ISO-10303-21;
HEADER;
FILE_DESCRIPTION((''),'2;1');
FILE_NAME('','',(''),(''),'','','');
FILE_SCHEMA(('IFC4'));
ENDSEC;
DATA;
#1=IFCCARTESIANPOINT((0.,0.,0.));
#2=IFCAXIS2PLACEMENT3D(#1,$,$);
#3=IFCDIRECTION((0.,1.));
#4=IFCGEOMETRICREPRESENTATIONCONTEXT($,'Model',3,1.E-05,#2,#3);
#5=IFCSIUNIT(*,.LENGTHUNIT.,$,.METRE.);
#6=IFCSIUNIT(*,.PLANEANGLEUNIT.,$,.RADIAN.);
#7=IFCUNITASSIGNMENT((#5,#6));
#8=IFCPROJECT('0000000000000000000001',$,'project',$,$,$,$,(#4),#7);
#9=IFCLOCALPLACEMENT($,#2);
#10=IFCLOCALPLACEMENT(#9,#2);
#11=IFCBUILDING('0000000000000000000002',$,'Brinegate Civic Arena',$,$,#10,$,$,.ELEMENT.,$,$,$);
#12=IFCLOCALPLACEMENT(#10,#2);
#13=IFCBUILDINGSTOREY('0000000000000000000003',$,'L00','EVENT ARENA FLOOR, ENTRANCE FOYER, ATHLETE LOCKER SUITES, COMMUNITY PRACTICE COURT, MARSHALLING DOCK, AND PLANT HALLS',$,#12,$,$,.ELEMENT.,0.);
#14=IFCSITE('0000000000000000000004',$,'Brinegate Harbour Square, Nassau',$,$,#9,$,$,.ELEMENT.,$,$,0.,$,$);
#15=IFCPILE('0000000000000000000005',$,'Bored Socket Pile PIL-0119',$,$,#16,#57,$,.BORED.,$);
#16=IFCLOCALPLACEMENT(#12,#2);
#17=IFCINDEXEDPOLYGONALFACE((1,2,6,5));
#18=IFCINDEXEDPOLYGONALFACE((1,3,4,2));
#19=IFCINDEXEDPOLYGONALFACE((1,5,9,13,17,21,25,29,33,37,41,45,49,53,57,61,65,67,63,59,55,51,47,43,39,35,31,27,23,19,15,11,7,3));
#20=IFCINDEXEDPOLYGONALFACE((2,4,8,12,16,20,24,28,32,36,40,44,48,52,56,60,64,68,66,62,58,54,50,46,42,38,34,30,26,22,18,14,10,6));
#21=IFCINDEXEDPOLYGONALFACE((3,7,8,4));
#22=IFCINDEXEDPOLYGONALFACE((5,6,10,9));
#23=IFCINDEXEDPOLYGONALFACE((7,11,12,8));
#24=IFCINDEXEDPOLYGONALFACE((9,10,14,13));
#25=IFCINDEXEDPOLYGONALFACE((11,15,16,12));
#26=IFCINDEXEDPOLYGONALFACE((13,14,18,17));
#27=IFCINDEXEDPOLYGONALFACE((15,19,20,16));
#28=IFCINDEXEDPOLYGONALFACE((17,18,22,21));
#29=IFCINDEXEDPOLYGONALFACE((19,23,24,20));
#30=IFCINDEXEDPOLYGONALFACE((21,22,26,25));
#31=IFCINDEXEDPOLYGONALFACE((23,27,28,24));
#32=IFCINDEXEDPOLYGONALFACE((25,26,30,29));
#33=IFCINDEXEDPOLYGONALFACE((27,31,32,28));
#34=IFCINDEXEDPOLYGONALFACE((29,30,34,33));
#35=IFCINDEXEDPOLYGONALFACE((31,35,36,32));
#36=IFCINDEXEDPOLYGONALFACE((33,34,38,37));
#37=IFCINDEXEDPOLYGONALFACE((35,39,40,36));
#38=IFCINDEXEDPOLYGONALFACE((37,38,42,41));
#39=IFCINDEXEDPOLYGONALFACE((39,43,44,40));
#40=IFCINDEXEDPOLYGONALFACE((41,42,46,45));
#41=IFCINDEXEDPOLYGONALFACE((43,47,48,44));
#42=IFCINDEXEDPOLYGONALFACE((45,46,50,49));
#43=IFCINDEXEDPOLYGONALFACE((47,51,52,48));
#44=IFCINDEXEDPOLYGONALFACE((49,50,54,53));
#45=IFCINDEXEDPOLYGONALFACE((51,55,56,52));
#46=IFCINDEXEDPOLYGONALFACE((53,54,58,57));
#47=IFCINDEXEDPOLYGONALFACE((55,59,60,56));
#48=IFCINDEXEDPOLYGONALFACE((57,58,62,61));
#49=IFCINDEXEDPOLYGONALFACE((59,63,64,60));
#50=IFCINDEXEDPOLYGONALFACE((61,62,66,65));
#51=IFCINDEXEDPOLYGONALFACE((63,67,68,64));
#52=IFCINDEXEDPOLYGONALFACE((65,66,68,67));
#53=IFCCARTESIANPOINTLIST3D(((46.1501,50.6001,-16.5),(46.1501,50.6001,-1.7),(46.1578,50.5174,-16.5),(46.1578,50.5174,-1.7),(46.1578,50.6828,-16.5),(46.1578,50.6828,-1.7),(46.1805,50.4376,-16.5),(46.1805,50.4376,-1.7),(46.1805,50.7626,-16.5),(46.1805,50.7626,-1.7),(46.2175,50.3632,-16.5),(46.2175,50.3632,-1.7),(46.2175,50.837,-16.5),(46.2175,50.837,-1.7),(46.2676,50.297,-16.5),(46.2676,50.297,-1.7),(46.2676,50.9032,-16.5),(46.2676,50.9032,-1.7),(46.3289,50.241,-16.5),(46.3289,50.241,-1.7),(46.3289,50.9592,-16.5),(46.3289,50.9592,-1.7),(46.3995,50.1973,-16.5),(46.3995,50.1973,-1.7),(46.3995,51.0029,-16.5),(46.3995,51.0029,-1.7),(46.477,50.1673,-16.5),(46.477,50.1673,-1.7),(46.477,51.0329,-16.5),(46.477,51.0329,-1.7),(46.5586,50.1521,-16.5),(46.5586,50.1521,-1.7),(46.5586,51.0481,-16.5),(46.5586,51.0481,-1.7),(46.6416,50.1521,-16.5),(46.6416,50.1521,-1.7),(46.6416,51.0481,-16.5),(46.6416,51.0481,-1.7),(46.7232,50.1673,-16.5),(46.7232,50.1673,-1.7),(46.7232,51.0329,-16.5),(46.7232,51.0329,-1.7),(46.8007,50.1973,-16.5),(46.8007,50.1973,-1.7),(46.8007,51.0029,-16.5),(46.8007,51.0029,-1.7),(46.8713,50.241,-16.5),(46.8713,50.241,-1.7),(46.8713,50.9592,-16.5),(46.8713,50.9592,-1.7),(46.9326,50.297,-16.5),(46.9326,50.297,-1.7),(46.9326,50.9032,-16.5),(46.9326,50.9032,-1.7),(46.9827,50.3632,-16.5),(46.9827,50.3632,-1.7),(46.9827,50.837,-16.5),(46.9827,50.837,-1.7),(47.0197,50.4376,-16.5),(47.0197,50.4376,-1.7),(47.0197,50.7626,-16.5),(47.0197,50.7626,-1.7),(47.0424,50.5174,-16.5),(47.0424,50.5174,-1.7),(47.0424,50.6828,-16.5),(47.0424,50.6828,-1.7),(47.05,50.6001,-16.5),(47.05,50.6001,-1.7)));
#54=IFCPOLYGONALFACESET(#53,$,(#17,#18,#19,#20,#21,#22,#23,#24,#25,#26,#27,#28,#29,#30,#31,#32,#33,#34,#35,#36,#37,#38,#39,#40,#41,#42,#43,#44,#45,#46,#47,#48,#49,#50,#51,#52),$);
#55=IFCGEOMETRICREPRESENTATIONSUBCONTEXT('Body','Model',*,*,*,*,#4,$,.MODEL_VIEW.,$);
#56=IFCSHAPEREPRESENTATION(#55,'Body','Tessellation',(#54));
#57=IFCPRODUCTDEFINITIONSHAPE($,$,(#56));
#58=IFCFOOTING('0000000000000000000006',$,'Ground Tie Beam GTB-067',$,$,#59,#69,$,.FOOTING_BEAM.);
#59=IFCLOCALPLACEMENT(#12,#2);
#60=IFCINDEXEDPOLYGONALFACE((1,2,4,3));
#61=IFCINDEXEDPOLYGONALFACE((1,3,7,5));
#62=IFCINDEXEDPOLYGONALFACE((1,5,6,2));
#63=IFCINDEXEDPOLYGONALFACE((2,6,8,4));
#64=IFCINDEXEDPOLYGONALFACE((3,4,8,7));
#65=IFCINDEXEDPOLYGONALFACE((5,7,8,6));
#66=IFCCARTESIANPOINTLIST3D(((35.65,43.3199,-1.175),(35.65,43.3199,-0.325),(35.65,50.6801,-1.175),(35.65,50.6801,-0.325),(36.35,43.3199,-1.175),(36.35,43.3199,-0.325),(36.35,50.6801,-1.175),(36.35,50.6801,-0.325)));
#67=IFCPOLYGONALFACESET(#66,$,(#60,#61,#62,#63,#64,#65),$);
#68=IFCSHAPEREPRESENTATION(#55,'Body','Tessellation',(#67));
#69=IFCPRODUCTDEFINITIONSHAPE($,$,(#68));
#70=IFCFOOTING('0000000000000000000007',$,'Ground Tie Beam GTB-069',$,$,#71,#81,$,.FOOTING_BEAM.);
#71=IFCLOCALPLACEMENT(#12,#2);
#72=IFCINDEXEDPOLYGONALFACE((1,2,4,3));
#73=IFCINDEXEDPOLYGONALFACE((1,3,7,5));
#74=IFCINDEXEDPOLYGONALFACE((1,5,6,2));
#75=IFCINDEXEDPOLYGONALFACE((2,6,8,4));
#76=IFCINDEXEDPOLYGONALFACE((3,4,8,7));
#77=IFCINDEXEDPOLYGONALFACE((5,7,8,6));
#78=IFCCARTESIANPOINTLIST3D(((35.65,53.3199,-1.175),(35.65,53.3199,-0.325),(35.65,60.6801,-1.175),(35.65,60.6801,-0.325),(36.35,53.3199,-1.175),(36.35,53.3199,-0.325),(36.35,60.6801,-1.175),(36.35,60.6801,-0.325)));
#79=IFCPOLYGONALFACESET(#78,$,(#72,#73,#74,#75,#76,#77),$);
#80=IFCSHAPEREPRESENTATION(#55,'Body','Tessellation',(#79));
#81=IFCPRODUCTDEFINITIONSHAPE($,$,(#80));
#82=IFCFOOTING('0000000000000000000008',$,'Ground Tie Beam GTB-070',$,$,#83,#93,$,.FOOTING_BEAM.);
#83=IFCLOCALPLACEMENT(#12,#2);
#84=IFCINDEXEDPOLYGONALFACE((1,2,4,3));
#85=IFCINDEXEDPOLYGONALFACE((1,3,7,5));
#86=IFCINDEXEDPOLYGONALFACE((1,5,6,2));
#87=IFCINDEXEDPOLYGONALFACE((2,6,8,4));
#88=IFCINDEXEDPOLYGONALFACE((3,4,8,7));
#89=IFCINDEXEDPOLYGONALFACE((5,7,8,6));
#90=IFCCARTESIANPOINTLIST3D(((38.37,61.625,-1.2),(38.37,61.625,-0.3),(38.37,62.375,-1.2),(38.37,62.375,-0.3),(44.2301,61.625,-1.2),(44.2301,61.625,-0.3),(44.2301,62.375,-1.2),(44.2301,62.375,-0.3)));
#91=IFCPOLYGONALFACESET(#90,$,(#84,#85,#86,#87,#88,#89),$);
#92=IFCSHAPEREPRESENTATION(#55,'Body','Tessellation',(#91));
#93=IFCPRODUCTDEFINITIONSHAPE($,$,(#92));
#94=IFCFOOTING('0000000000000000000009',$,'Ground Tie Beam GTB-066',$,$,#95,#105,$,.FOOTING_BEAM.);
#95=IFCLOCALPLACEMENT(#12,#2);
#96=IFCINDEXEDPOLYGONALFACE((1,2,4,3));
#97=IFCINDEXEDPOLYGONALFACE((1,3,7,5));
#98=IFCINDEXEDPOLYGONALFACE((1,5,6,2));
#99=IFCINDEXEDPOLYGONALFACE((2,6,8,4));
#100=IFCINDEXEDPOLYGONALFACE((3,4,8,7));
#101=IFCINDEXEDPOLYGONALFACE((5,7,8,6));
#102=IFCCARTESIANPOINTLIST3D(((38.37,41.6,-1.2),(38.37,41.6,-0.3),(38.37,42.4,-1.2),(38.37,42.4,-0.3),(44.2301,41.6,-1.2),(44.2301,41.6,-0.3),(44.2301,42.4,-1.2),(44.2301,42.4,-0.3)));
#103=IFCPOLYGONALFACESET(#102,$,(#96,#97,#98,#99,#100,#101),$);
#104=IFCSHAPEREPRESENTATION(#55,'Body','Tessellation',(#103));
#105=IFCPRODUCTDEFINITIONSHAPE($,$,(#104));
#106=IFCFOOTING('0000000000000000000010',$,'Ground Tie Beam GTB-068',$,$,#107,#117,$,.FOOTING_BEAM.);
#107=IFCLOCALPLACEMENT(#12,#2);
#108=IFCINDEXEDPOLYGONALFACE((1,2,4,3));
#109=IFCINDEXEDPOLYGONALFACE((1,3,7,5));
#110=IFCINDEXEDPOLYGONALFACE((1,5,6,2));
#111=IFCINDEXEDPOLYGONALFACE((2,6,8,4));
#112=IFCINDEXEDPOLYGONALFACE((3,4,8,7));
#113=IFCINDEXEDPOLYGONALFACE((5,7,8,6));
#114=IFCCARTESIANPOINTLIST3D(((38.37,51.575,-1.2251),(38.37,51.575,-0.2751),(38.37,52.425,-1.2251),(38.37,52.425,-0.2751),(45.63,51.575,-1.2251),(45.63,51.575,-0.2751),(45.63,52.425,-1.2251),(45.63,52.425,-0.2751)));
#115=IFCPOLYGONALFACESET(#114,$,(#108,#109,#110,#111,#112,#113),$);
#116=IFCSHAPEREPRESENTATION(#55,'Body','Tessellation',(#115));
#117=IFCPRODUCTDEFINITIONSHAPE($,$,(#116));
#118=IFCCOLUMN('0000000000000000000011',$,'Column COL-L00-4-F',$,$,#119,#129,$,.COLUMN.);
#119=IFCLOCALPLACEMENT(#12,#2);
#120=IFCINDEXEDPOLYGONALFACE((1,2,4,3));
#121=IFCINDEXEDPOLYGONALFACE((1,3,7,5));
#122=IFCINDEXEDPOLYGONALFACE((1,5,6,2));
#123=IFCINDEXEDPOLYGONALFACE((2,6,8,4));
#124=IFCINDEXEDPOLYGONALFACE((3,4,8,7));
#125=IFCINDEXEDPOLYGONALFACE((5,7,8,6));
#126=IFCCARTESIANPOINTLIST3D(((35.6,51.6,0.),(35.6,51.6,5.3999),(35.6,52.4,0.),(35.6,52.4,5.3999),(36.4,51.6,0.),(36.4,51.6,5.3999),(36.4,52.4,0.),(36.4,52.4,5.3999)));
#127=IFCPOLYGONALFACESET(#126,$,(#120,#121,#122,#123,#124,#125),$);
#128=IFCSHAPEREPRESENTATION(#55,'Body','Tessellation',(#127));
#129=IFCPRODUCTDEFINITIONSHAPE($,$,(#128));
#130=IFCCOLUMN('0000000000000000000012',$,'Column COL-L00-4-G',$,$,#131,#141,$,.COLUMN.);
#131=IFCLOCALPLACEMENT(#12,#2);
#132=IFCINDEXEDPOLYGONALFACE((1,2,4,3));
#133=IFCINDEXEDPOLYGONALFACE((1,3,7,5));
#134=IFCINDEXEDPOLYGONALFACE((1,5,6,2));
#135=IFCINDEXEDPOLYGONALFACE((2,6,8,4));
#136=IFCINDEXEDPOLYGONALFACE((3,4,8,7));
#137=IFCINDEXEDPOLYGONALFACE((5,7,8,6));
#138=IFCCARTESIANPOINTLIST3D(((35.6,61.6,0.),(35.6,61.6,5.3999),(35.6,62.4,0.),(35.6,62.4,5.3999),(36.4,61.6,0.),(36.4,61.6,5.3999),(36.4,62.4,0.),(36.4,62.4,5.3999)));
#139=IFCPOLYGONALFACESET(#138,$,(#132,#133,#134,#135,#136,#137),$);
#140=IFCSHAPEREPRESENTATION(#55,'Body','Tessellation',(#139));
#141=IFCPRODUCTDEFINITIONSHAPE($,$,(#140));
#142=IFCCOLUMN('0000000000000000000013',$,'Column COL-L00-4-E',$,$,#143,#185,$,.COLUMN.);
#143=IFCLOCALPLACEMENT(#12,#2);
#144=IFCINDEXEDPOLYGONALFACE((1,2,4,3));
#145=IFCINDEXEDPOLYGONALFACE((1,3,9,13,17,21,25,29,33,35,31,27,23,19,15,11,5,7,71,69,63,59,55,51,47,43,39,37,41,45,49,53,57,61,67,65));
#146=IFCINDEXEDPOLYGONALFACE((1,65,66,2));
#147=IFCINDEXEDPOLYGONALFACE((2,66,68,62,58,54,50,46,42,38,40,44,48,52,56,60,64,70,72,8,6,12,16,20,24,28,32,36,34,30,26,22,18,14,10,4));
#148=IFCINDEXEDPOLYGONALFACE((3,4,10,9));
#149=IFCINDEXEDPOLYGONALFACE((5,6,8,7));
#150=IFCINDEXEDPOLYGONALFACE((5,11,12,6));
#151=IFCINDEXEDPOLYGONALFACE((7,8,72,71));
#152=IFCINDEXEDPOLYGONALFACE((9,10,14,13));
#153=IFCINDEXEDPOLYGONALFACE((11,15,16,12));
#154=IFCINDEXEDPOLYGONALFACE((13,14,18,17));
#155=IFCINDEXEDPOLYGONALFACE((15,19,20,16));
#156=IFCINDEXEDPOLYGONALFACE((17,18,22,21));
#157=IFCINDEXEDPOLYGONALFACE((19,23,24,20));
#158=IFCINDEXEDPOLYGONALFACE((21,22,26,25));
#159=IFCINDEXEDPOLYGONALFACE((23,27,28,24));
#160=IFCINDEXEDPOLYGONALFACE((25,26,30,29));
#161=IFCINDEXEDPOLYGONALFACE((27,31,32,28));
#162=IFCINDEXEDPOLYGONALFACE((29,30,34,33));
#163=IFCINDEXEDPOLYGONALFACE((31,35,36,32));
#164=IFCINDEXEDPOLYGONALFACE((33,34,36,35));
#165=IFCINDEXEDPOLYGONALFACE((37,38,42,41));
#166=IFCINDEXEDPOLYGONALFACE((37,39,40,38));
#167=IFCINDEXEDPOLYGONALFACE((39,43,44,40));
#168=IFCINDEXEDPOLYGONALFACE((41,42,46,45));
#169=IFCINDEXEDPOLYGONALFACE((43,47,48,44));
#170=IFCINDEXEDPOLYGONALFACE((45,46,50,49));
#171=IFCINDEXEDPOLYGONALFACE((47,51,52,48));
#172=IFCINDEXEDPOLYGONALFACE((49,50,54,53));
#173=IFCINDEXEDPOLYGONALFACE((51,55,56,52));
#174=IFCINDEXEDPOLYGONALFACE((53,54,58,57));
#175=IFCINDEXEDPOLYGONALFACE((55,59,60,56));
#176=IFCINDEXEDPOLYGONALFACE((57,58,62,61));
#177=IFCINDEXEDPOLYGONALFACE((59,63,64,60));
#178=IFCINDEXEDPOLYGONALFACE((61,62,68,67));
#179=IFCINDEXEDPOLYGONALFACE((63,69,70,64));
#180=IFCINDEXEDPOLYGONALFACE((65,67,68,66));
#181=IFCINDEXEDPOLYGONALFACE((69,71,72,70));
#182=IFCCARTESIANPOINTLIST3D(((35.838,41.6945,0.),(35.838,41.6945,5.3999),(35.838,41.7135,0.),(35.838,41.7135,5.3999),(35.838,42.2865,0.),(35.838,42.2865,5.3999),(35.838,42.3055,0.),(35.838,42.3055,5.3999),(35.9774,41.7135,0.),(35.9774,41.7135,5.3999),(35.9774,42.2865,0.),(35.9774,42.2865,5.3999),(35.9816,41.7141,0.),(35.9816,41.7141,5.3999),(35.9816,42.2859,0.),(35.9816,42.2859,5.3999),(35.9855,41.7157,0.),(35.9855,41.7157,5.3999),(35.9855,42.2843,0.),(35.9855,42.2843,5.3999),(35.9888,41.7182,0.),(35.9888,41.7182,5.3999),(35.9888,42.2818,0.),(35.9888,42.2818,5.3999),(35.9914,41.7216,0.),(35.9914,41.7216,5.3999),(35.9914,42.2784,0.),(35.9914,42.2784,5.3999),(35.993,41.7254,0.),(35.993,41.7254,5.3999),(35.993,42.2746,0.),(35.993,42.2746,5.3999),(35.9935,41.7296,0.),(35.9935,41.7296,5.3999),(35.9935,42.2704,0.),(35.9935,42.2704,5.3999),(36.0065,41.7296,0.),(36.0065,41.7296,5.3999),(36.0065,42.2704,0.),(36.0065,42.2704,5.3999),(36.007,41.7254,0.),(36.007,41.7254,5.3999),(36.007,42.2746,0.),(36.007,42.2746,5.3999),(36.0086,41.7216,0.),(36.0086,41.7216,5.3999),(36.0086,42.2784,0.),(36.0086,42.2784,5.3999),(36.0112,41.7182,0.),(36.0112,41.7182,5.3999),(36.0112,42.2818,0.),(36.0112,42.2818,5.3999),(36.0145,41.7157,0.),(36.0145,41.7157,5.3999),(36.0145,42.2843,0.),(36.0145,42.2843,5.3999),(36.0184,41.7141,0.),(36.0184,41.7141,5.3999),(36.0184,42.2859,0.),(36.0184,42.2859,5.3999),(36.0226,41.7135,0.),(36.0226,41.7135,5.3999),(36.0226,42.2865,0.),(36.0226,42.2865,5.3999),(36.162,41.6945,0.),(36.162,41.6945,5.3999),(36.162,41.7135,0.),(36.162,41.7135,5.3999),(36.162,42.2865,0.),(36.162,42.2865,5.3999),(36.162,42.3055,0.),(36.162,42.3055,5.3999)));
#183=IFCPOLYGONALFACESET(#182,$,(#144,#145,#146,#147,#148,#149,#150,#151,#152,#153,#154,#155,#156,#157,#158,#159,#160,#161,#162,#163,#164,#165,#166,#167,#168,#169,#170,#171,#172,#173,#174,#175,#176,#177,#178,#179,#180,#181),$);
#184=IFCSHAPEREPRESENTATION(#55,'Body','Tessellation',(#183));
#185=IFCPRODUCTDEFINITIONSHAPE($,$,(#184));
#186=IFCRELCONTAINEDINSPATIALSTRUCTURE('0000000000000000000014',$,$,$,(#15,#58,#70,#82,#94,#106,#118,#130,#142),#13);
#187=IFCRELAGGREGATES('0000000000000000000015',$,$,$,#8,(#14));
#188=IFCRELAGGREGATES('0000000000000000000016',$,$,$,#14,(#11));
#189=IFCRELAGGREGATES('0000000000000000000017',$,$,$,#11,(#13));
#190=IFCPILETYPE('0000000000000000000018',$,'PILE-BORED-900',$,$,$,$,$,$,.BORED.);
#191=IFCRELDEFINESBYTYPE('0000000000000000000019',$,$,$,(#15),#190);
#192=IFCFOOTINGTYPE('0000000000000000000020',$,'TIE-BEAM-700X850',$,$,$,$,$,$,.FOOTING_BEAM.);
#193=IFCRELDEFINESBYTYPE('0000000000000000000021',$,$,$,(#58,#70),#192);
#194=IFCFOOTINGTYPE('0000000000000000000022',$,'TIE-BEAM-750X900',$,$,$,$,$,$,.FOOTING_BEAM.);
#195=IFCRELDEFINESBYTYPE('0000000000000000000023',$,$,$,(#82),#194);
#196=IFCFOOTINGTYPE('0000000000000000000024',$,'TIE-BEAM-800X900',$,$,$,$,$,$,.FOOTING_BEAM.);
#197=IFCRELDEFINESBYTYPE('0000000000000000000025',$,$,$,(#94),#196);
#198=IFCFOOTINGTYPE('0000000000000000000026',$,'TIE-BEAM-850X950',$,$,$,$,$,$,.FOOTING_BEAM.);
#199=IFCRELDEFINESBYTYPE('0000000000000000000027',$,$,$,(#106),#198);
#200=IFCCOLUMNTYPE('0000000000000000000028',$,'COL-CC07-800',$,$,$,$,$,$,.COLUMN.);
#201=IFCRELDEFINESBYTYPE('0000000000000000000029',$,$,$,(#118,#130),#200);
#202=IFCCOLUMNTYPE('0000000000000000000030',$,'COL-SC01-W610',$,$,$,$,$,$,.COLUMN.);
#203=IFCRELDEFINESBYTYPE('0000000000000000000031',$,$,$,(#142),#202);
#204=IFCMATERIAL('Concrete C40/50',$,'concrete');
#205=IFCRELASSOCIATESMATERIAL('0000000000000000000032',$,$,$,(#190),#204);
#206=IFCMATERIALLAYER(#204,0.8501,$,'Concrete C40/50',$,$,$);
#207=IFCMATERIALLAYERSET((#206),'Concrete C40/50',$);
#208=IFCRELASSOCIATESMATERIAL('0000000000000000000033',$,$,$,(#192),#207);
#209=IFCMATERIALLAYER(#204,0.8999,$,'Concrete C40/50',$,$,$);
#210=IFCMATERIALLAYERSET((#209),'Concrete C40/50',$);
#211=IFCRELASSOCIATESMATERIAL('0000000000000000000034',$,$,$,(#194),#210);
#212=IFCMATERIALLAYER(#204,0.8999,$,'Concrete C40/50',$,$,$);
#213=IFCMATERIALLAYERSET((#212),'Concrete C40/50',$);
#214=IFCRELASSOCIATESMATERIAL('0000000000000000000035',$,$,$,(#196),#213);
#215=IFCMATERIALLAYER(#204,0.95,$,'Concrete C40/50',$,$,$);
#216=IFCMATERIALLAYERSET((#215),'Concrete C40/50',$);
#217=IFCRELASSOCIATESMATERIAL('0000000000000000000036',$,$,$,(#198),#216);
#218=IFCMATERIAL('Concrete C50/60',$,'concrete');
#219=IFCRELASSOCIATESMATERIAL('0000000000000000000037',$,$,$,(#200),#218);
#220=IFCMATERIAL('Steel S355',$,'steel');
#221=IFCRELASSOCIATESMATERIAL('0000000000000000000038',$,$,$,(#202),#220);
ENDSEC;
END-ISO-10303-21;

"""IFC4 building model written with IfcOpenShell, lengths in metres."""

from ifc_helpers import new_model, si_unit, direction, frame, origin, origin_2d, place, context, subcontext, project, spatial, rectangle, circle, i_section, extrude, material, layer, layer_set, material_profile, profile_set, type_object, element, save


model = new_model("IFC4")

# Units and contexts
model_context = context("Model", 3, precision=1e-05, world=origin(), true_north=direction((0.0, 1.0)))
body_context = subcontext(model_context, "Body", "Model", "MODEL_VIEW")
ifc_project = project(units=[si_unit("LENGTHUNIT", "METRE"), si_unit("PLANEANGLEUNIT", "RADIAN")], contexts=[model_context])

# Site, building, storey
site_placement = place(None, origin())
site = spatial("IfcSite", under=ifc_project, at=site_placement, Name="Brinegate Harbour Square, Nassau", CompositionType="ELEMENT", RefElevation=0.0)
building_placement = place(site_placement, origin())
building = spatial("IfcBuilding", under=site, at=building_placement, Name="Brinegate Civic Arena", CompositionType="ELEMENT")
storey_placement = place(building_placement, origin())
storey = spatial("IfcBuildingStorey", under=building, at=storey_placement, Name="L00", Description="EVENT ARENA FLOOR, ENTRANCE FOYER, ATHLETE LOCKER SUITES, COMMUNITY PRACTICE COURT, MARSHALLING DOCK, AND PLANT HALLS", CompositionType="ELEMENT", Elevation=0.0)

# Shared definitions
ifc_material_1 = material(Name="Concrete C40/50", Category="concrete")

# Pile
ifc_material_profile_1 = material_profile(ifc_material_1, circle(Radius=0.45, at=origin_2d()), Name="PILED900")
ifc_profile_set_1 = profile_set([ifc_material_profile_1], Name="Concrete C40/50")
pile_type_1 = type_object("IfcPileType", Name="PILE-BORED-900", PredefinedType="BORED", material=ifc_profile_set_1)
pile_placement = place(storey_placement, frame((46.6001, 50.6001, -1.7), z_axis=(0.0, 0.0, -1.0), x_axis=(1.0, 0.0, 0.0)))
element("IfcPile", 1, at=pile_placement, inside=storey, type_object=pile_type_1, Name="Bored Socket Pile PIL-0119", PredefinedType="BORED", context=body_context, shape_type="SweptSolid", body=[
    extrude(circle(Radius=0.45, at=origin_2d()), origin(), (0.0, 0.0, 1.0), 14.8),
])

# Footings
ifc_layer_1 = layer(ifc_material_1, 0.8501, Name="Concrete C40/50")
ifc_layer_set_1 = layer_set([ifc_layer_1], Name="Concrete C40/50")
footing_type_1 = type_object("IfcFootingType", Name="TIE-BEAM-700X850", PredefinedType="FOOTING_BEAM", material=ifc_layer_set_1)
for number, where, z_axis, x_axis, name in (
    (2, (36.0, 47.0, -1.175), (0.0, 0.0, 1.0), (0.0, 1.0, 0.0), "Ground Tie Beam GTB-067"),
    (3, (36.0, 57.0, -1.175), (0.0, 0.0, 1.0), (0.0, 1.0, 0.0), "Ground Tie Beam GTB-069"),
):
    element("IfcFooting", number, at=place(storey_placement, frame(where, z_axis=z_axis, x_axis=x_axis)), inside=storey, type_object=footing_type_1, Name=name, PredefinedType="FOOTING_BEAM", context=body_context, shape_type="SweptSolid", body=[
        extrude(rectangle(XDim=7.3601, YDim=0.7, at=origin_2d()), origin(), (0.0, 0.0, 1.0), 0.8501),
    ])
ifc_layer_2 = layer(ifc_material_1, 0.8999, Name="Concrete C40/50")
ifc_layer_set_2 = layer_set([ifc_layer_2], Name="Concrete C40/50")
footing_type_2 = type_object("IfcFootingType", Name="TIE-BEAM-750X900", PredefinedType="FOOTING_BEAM", material=ifc_layer_set_2)
footing_1_placement = place(storey_placement, frame((41.3, 62.0, -1.2), z_axis=(0.0, 0.0, 1.0), x_axis=(1.0, 0.0, 0.0)))
element("IfcFooting", 4, at=footing_1_placement, inside=storey, type_object=footing_type_2, Name="Ground Tie Beam GTB-070", PredefinedType="FOOTING_BEAM", context=body_context, shape_type="SweptSolid", body=[
    extrude(rectangle(XDim=5.8601, YDim=0.75, at=origin_2d()), origin(), (0.0, 0.0, 1.0), 0.8999),
])
ifc_layer_3 = layer(ifc_material_1, 0.8999, Name="Concrete C40/50")
ifc_layer_set_3 = layer_set([ifc_layer_3], Name="Concrete C40/50")
footing_type_3 = type_object("IfcFootingType", Name="TIE-BEAM-800X900", PredefinedType="FOOTING_BEAM", material=ifc_layer_set_3)
footing_2_placement = place(storey_placement, frame((41.3, 42.0, -1.2), z_axis=(0.0, 0.0, 1.0), x_axis=(1.0, 0.0, 0.0)))
element("IfcFooting", 5, at=footing_2_placement, inside=storey, type_object=footing_type_3, Name="Ground Tie Beam GTB-066", PredefinedType="FOOTING_BEAM", context=body_context, shape_type="SweptSolid", body=[
    extrude(rectangle(XDim=5.8601, YDim=0.8, at=origin_2d()), origin(), (0.0, 0.0, 1.0), 0.8999),
])
ifc_layer_4 = layer(ifc_material_1, 0.95, Name="Concrete C40/50")
ifc_layer_set_4 = layer_set([ifc_layer_4], Name="Concrete C40/50")
footing_type_4 = type_object("IfcFootingType", Name="TIE-BEAM-850X950", PredefinedType="FOOTING_BEAM", material=ifc_layer_set_4)
footing_3_placement = place(storey_placement, frame((42.0, 52.0, -1.2251), z_axis=(0.0, 0.0, 1.0), x_axis=(1.0, 0.0, 0.0)))
element("IfcFooting", 6, at=footing_3_placement, inside=storey, type_object=footing_type_4, Name="Ground Tie Beam GTB-068", PredefinedType="FOOTING_BEAM", context=body_context, shape_type="SweptSolid", body=[
    extrude(rectangle(XDim=7.26, YDim=0.8501, at=origin_2d()), origin(), (0.0, 0.0, 1.0), 0.95),
])

# Columns
ifc_material_2 = material(Name="Concrete C50/60", Category="concrete")
ifc_material_profile_2 = material_profile(ifc_material_2, rectangle(XDim=0.8, YDim=0.8, at=origin_2d()), Name="RC800X800")
ifc_profile_set_2 = profile_set([ifc_material_profile_2], Name="Concrete C50/60")
column_type_1 = type_object("IfcColumnType", Name="COL-CC07-800", PredefinedType="COLUMN", material=ifc_profile_set_2)
for number, where, z_axis, x_axis, name in (
    (7, (36.0, 52.0, 0.0), (0.0, 0.0, 1.0), (1.0, 0.0, 0.0), "Column COL-L00-4-F"),
    (8, (36.0, 62.0, 0.0), (0.0, 0.0, 1.0), (1.0, 0.0, 0.0), "Column COL-L00-4-G"),
):
    element("IfcColumn", number, at=place(storey_placement, frame(where, z_axis=z_axis, x_axis=x_axis)), inside=storey, type_object=column_type_1, Name=name, PredefinedType="COLUMN", context=body_context, shape_type="SweptSolid", body=[
        extrude(rectangle(XDim=0.8, YDim=0.8, at=origin_2d()), origin(), (0.0, 0.0, 1.0), 5.3999),
    ])
ifc_material_3 = material(Name="Steel S355", Category="steel")
ifc_material_profile_3 = material_profile(ifc_material_3, i_section(OverallWidth=0.324, OverallDepth=0.6111, WebThickness=0.0129, FlangeThickness=0.019, FilletRadius=0.0161, at=origin_2d()), Name="W610X155")
ifc_profile_set_3 = profile_set([ifc_material_profile_3], Name="Steel S355")
column_type_2 = type_object("IfcColumnType", Name="COL-SC01-W610", PredefinedType="COLUMN", material=ifc_profile_set_3)
column_placement = place(storey_placement, frame((36.0, 42.0, 0.0), z_axis=(0.0, 0.0, 1.0), x_axis=(1.0, 0.0, 0.0)))
element("IfcColumn", 9, at=column_placement, inside=storey, type_object=column_type_2, Name="Column COL-L00-4-E", PredefinedType="COLUMN", context=body_context, shape_type="SweptSolid", body=[
    extrude(i_section(OverallWidth=0.324, OverallDepth=0.6111, WebThickness=0.0129, FlangeThickness=0.019, FilletRadius=0.0161, at=origin_2d()), origin(), (0.0, 0.0, 1.0), 5.3999),
])

save(model, "model.ifc")
